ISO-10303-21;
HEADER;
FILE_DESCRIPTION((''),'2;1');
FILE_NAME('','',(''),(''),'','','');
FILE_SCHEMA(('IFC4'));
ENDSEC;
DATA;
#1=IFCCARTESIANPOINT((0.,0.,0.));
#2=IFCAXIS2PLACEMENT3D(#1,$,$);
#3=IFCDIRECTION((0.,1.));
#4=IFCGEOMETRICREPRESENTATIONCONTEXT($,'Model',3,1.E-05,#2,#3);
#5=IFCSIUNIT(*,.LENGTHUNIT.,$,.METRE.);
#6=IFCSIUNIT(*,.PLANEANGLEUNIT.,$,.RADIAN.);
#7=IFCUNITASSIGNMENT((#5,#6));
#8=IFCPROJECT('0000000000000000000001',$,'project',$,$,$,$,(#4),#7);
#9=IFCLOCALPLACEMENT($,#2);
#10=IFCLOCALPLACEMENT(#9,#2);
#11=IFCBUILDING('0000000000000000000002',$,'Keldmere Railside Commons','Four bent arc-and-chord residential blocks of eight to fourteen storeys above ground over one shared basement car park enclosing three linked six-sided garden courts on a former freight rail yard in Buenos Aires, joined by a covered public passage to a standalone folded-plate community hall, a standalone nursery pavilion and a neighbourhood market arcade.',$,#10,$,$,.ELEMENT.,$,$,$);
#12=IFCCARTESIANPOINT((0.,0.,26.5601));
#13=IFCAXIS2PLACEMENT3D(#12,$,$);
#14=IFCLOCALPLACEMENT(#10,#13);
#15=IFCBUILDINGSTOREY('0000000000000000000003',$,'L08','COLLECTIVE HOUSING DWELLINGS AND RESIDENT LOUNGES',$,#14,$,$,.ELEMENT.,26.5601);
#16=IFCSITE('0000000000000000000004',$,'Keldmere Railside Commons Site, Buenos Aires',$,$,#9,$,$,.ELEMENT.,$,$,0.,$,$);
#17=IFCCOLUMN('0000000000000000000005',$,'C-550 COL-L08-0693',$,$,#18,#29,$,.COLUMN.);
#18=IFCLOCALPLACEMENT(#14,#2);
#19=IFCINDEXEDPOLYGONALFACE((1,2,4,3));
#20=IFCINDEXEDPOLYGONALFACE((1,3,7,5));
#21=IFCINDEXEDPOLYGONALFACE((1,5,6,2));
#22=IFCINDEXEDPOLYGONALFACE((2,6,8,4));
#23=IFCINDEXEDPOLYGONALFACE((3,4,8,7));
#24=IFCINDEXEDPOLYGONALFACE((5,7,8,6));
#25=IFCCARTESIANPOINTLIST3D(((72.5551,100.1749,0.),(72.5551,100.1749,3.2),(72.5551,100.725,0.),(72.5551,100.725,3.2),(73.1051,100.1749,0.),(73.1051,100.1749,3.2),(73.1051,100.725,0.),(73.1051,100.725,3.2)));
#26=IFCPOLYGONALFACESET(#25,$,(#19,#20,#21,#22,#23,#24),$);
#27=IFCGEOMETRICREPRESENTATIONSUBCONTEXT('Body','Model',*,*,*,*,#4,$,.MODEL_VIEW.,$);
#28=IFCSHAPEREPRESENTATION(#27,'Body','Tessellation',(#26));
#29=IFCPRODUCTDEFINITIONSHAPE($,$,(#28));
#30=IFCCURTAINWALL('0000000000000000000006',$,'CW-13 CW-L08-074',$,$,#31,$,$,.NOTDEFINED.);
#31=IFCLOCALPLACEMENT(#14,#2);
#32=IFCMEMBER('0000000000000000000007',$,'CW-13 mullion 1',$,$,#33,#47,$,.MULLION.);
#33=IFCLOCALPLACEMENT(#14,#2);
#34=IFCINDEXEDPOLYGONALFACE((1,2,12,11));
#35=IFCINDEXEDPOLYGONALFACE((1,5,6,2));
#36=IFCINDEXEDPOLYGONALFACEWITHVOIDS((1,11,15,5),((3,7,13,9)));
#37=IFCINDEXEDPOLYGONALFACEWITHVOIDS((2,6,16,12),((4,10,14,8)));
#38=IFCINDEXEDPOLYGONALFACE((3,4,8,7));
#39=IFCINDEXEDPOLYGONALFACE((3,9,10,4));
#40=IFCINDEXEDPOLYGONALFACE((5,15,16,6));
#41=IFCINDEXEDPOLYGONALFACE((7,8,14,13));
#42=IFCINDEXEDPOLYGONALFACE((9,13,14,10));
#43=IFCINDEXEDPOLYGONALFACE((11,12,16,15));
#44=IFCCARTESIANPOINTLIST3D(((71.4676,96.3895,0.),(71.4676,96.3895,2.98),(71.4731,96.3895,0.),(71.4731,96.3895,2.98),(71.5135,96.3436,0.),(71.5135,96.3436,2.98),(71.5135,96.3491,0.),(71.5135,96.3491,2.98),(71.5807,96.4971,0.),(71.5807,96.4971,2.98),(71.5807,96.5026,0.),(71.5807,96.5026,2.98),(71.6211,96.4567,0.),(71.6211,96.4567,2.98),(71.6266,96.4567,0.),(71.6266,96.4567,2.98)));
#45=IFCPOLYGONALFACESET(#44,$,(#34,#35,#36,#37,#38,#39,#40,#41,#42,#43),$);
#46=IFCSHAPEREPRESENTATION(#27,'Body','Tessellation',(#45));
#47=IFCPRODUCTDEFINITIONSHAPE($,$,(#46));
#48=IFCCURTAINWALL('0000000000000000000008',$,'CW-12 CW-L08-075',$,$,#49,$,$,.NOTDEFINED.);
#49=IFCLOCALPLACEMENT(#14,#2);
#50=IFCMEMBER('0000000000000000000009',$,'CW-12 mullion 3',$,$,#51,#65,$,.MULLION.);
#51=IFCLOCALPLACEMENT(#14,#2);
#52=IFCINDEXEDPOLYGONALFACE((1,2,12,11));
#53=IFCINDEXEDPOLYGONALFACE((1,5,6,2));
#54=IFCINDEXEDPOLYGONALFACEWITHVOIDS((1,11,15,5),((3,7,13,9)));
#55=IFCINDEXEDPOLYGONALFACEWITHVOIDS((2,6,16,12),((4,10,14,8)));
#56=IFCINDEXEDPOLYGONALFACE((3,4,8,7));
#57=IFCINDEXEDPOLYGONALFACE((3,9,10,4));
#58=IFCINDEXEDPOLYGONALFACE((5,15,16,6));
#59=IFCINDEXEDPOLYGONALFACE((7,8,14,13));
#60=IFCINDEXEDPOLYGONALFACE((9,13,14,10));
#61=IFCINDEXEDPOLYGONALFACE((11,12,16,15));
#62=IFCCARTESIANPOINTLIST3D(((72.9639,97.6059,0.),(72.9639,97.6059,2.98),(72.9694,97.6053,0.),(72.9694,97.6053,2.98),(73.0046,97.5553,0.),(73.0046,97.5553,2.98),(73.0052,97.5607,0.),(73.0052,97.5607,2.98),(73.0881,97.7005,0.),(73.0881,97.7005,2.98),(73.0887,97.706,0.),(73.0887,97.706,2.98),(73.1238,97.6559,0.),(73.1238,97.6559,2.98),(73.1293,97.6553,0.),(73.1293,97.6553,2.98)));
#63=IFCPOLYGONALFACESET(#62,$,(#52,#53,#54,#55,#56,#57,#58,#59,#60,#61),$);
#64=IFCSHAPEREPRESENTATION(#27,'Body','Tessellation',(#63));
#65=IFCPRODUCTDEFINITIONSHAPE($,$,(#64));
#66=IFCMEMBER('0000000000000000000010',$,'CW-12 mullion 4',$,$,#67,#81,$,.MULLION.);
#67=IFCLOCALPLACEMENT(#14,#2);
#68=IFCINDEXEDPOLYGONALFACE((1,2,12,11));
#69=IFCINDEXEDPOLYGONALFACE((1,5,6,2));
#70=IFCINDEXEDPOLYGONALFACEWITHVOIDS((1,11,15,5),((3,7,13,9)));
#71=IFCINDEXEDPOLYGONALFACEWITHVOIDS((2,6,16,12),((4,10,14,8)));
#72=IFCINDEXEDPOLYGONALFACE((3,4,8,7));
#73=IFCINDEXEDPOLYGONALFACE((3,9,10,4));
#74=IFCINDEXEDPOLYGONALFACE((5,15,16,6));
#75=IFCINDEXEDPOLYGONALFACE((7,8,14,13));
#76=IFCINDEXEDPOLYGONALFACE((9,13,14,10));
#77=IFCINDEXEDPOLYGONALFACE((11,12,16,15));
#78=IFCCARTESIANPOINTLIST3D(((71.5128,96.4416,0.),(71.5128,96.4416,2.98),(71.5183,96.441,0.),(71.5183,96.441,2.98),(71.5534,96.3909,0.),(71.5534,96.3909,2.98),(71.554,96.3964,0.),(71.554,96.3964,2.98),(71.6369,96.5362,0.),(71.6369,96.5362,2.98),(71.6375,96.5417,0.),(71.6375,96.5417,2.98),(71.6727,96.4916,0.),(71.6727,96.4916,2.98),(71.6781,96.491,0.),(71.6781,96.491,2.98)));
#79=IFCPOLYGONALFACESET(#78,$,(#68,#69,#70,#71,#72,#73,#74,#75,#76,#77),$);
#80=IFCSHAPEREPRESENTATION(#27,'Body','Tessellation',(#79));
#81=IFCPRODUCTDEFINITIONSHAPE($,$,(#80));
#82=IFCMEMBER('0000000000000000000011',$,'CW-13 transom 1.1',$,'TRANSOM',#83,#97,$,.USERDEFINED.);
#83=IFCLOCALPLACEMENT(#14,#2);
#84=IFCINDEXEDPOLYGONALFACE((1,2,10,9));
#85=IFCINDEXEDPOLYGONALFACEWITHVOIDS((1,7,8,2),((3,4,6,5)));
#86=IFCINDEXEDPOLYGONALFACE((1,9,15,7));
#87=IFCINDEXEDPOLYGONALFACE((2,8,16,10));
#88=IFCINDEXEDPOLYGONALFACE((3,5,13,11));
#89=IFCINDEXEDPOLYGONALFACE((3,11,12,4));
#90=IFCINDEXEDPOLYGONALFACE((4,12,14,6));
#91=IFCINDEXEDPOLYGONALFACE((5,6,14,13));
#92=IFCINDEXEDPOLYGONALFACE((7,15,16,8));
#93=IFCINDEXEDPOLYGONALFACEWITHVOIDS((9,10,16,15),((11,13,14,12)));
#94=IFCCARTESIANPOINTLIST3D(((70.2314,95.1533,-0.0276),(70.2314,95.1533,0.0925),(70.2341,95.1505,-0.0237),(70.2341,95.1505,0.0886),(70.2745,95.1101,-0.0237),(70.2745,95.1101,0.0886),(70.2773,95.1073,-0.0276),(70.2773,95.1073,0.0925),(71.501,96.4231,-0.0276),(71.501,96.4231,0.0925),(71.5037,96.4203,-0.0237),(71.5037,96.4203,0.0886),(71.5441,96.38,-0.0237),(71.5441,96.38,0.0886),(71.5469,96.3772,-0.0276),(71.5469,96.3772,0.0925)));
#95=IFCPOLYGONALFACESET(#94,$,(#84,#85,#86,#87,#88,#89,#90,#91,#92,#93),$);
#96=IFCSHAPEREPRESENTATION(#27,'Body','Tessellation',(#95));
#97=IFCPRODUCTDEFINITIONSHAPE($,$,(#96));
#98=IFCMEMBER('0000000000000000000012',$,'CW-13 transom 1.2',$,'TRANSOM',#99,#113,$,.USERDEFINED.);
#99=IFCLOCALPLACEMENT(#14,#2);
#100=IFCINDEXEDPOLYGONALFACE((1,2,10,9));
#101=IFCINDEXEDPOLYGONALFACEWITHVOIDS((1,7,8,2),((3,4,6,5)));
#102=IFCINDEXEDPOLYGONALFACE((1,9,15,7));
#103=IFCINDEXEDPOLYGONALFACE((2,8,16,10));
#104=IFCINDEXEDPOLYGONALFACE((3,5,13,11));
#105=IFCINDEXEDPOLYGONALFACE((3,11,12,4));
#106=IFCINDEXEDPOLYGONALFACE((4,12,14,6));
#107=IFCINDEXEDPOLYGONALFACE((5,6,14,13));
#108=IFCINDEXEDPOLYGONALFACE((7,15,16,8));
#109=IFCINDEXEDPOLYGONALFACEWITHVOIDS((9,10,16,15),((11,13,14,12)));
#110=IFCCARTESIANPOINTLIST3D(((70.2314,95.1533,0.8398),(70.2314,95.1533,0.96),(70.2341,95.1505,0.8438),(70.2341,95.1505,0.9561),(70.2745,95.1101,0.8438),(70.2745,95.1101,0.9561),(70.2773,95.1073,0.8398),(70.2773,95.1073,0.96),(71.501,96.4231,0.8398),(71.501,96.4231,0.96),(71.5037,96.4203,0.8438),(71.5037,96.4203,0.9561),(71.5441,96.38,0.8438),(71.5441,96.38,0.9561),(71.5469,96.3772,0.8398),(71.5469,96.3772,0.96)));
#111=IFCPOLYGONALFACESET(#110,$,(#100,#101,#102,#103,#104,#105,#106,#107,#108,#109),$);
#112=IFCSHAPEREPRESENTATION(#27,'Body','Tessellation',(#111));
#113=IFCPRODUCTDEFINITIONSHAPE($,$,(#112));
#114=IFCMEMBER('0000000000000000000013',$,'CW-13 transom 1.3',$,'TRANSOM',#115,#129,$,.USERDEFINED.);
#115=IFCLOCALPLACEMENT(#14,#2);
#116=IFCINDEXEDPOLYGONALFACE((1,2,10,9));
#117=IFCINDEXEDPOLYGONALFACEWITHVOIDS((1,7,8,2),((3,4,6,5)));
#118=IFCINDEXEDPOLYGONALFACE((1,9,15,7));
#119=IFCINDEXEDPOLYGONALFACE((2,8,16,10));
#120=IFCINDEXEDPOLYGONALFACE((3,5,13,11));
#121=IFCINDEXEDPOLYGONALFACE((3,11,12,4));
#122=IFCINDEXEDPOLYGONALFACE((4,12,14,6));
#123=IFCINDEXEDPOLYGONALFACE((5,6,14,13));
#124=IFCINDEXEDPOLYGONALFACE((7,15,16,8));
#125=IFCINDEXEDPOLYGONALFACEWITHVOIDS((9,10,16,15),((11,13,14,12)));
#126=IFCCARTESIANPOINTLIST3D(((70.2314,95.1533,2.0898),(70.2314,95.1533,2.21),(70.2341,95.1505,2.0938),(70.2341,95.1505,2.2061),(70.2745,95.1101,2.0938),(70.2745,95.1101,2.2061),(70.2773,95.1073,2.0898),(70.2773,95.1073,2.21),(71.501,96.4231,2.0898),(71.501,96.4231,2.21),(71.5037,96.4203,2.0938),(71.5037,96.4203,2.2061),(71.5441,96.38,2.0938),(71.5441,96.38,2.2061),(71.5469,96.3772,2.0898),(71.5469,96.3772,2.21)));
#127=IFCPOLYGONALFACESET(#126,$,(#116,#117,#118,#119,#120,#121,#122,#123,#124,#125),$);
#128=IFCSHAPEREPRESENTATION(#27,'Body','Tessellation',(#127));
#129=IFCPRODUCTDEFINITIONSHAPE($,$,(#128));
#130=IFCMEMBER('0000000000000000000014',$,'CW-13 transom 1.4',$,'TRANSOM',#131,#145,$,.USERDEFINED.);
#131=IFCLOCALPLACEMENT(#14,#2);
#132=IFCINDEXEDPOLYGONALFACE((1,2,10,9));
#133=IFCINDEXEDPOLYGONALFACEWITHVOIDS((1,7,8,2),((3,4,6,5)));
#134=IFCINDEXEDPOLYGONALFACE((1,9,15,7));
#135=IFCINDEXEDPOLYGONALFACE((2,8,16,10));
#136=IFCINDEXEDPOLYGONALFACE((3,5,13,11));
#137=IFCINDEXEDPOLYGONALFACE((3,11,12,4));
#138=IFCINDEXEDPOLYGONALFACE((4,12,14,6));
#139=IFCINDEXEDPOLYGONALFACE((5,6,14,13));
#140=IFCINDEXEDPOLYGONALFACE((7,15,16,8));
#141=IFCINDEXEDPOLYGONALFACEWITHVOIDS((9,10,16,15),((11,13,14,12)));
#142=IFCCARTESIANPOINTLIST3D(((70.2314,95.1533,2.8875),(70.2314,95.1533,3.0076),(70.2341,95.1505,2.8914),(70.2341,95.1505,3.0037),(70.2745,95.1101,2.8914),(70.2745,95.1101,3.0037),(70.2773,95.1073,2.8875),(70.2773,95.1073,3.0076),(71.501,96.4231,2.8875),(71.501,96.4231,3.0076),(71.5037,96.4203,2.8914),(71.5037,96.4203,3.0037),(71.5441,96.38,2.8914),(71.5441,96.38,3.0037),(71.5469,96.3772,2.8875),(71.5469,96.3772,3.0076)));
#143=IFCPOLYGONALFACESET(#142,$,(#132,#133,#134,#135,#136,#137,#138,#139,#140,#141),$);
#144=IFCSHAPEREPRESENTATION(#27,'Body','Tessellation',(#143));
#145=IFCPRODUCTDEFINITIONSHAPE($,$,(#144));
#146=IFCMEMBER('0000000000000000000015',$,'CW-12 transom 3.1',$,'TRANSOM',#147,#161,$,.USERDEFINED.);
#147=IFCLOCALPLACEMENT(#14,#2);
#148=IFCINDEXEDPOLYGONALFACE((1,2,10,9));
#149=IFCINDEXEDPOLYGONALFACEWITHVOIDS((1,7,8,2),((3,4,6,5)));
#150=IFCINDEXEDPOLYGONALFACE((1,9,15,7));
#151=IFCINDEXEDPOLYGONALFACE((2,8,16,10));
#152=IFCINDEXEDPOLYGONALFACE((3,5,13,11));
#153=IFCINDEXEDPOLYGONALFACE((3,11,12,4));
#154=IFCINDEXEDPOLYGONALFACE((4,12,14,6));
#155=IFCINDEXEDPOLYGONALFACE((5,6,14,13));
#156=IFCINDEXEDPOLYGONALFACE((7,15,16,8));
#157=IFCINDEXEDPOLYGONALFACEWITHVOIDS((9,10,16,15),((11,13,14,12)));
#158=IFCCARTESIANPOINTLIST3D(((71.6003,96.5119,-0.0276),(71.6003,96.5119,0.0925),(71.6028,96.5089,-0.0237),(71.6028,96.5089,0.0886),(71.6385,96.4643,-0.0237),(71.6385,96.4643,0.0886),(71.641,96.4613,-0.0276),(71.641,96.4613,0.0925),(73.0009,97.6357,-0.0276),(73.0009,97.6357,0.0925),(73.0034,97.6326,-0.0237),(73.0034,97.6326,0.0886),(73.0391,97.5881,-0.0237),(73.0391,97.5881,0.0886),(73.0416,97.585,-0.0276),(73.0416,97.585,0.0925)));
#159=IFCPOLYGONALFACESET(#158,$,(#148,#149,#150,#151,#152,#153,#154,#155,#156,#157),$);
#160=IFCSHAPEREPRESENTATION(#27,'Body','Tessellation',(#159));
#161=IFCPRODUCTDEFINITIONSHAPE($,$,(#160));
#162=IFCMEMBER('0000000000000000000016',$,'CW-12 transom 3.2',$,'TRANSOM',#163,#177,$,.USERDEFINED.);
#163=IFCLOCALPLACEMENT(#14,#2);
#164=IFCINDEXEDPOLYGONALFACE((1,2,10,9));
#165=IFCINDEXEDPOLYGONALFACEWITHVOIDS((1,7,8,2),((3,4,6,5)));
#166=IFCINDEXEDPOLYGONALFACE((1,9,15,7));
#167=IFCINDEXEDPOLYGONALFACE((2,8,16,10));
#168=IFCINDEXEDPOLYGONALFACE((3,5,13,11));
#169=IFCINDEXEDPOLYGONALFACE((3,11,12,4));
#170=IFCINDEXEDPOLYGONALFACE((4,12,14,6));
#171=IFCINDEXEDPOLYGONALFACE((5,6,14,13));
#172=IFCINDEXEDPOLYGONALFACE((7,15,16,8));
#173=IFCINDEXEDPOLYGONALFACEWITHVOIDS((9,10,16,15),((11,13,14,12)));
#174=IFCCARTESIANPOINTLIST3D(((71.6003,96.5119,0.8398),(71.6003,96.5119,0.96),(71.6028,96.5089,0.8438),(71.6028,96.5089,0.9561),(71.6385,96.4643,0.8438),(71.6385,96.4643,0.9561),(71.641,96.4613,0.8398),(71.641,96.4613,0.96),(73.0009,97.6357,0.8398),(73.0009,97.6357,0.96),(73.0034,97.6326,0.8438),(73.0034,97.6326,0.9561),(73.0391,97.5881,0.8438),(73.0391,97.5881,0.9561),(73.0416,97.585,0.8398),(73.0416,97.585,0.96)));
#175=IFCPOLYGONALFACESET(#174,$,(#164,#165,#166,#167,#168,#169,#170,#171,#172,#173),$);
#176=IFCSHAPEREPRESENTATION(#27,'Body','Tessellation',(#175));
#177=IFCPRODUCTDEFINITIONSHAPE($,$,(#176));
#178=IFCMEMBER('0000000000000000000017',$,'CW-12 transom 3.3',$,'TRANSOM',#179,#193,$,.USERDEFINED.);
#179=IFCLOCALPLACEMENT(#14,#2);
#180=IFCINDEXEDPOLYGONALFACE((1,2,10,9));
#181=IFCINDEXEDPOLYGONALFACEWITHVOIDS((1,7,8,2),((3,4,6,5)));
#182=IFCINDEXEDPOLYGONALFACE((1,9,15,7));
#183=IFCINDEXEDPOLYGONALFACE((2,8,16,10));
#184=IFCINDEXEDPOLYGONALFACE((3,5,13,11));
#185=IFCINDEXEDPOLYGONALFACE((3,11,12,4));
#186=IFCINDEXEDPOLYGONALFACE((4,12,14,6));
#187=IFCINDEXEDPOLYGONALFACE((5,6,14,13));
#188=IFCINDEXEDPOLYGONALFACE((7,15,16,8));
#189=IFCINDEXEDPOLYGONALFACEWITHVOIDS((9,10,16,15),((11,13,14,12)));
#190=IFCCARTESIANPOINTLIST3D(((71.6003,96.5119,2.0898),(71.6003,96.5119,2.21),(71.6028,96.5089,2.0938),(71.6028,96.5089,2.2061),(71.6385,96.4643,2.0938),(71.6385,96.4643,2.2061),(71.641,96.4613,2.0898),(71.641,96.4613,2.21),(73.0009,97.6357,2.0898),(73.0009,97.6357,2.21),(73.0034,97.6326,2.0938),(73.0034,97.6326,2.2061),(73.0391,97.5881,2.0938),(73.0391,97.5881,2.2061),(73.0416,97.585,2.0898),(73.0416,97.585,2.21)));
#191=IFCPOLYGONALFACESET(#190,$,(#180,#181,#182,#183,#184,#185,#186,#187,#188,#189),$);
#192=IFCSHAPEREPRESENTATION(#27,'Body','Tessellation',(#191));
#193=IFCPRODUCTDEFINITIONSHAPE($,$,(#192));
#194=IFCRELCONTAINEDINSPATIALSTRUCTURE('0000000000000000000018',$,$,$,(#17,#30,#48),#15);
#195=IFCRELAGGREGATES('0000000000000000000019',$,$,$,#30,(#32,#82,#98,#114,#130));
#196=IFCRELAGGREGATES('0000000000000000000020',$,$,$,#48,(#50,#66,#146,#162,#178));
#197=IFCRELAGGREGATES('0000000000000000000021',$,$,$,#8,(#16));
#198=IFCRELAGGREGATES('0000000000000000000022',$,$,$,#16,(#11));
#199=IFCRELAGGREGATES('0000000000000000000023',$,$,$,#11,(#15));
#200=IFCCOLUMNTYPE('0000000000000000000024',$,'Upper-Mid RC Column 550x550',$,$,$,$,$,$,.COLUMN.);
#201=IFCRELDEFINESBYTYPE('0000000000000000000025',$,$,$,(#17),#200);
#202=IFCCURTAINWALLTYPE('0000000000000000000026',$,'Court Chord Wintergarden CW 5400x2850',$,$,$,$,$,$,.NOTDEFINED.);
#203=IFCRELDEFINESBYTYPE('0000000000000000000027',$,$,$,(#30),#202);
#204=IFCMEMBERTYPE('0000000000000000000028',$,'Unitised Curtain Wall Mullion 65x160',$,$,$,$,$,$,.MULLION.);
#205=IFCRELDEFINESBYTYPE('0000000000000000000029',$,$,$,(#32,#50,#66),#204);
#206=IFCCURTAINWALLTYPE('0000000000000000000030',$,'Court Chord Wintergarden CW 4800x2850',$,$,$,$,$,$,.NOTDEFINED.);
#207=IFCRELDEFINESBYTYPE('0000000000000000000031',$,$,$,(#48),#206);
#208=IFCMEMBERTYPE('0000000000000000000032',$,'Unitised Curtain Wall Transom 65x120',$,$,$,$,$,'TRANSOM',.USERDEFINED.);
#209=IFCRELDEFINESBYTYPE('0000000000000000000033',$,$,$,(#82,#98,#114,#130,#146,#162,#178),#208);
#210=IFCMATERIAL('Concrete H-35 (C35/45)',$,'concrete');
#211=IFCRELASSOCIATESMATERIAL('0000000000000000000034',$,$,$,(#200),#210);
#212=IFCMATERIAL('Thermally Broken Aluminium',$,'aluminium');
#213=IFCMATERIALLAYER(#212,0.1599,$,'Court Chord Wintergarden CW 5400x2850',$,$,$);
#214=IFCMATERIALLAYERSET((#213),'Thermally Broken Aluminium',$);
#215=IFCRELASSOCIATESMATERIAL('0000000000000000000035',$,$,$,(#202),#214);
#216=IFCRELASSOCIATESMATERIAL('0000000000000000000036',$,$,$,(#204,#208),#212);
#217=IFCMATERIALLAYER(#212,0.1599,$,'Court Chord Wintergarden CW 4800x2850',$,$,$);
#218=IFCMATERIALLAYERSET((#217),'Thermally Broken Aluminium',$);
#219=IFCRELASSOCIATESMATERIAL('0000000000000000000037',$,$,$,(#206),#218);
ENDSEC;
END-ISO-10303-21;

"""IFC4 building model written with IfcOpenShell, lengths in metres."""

from ifc_helpers import new_model, si_unit, direction, frame, origin, origin_2d, place, context, subcontext, project, spatial, rectangle, hollow_rectangle, extrude, material, layer, layer_set, material_profile, profile_set, type_object, element, aggregate, save


model = new_model("IFC4")

# Units and contexts
model_context = context("Model", 3, precision=1e-05, world=origin(), true_north=direction((0.0, 1.0)))
body_context = subcontext(model_context, "Body", "Model", "MODEL_VIEW")
ifc_project = project(units=[si_unit("LENGTHUNIT", "METRE"), si_unit("PLANEANGLEUNIT", "RADIAN")], contexts=[model_context])

# Site, building, storey
site_placement = place(None, origin())
site = spatial("IfcSite", under=ifc_project, at=site_placement, Name="Keldmere Railside Commons Site, Buenos Aires", CompositionType="ELEMENT", RefElevation=0.0)
building_placement = place(site_placement, origin())
building = spatial("IfcBuilding", under=site, at=building_placement, Name="Keldmere Railside Commons", Description="Four bent arc-and-chord residential blocks of eight to fourteen storeys above ground over one shared basement car park enclosing three linked six-sided garden courts on a former freight rail yard in Buenos Aires, joined by a covered public passage to a standalone folded-plate community hall, a standalone nursery pavilion and a neighbourhood market arcade.", CompositionType="ELEMENT")
storey_placement = place(building_placement, frame((0.0, 0.0, 26.5601)))
storey = spatial("IfcBuildingStorey", under=building, at=storey_placement, Name="L08", Description="COLLECTIVE HOUSING DWELLINGS AND RESIDENT LOUNGES", CompositionType="ELEMENT", Elevation=26.5601)

# Column
ifc_material_1 = material(Name="Concrete H-35 (C35/45)", Category="concrete")
ifc_material_profile_1 = material_profile(ifc_material_1, rectangle(XDim=0.55, YDim=0.55, at=origin_2d()), Name="RC-550x550")
ifc_profile_set_1 = profile_set([ifc_material_profile_1], Name="Concrete H-35 (C35/45)")
column_type = type_object("IfcColumnType", Name="Upper-Mid RC Column 550x550", PredefinedType="COLUMN", material=ifc_profile_set_1)
column_placement = place(storey_placement, frame((72.8301, 100.45, 0.0), z_axis=(0.0, 0.0, 1.0), x_axis=(1.0, 0.0, 0.0)))
element("IfcColumn", 1, at=column_placement, inside=storey, type_object=column_type, Name="C-550 COL-L08-0693", PredefinedType="COLUMN", context=body_context, shape_type="SweptSolid", body=[
    extrude(rectangle(XDim=0.55, YDim=0.55, at=origin_2d()), origin(), (0.0, 0.0, 1.0), 3.2),
])

# Curtain wall, member
ifc_material_2 = material(Name="Thermally Broken Aluminium", Category="aluminium")
ifc_layer_1 = layer(ifc_material_2, 0.1599, Name="Court Chord Wintergarden CW 5400x2850")
ifc_layer_set_1 = layer_set([ifc_layer_1], Name="Thermally Broken Aluminium")
curtain_wall_type_1 = type_object("IfcCurtainWallType", Name="Court Chord Wintergarden CW 5400x2850", PredefinedType="NOTDEFINED", material=ifc_layer_set_1)
curtain_wall_1_placement = place(storey_placement, origin())
curtain_wall_1 = element("IfcCurtainWall", 2, at=curtain_wall_1_placement, inside=storey, type_object=curtain_wall_type_1, Name="CW-13 CW-L08-074", PredefinedType="NOTDEFINED")
ifc_material_profile_2 = material_profile(ifc_material_2, hollow_rectangle(XDim=0.0649, YDim=0.1599, WallThickness=0.0039, at=origin_2d()), Name="ALU-MULL-65x160")
ifc_profile_set_2 = profile_set([ifc_material_profile_2], Name="Thermally Broken Aluminium")
member_type_1 = type_object("IfcMemberType", Name="Unitised Curtain Wall Mullion 65x160", PredefinedType="MULLION", material=ifc_profile_set_2)
member_1_placement = place(storey_placement, frame((71.5471, 96.4231, 0.0), z_axis=(0.0, 0.0, 1.0), x_axis=(0.707107, -0.707107, 0.0)))
member_1 = element("IfcMember", 3, at=member_1_placement, type_object=member_type_1, Name="CW-13 mullion 1", PredefinedType="MULLION", context=body_context, shape_type="SweptSolid", body=[
    extrude(hollow_rectangle(XDim=0.0649, YDim=0.1599, WallThickness=0.0039, at=origin_2d()), origin(), (0.0, 0.0, 1.0), 2.98),
])

# Curtain wall, members
ifc_layer_2 = layer(ifc_material_2, 0.1599, Name="Court Chord Wintergarden CW 4800x2850")
ifc_layer_set_2 = layer_set([ifc_layer_2], Name="Thermally Broken Aluminium")
curtain_wall_type_2 = type_object("IfcCurtainWallType", Name="Court Chord Wintergarden CW 4800x2850", PredefinedType="NOTDEFINED", material=ifc_layer_set_2)
curtain_wall_2_placement = place(storey_placement, origin())
curtain_wall_2 = element("IfcCurtainWall", 4, at=curtain_wall_2_placement, inside=storey, type_object=curtain_wall_type_2, Name="CW-12 CW-L08-075", PredefinedType="NOTDEFINED")
member_2_placement = place(storey_placement, frame((73.0466, 97.6306, 0.0), z_axis=(0.0, 0.0, 1.0), x_axis=(0.625768, -0.780009, 0.0)))
member_2 = element("IfcMember", 5, at=member_2_placement, type_object=member_type_1, Name="CW-12 mullion 3", PredefinedType="MULLION", context=body_context, shape_type="SweptSolid", body=[
    extrude(hollow_rectangle(XDim=0.0649, YDim=0.1599, WallThickness=0.0039, at=origin_2d()), origin(), (0.0, 0.0, 1.0), 2.98),
])
member_3_placement = place(storey_placement, frame((71.5955, 96.4663, 0.0), z_axis=(0.0, 0.0, 1.0), x_axis=(0.625768, -0.780009, 0.0)))
member_3 = element("IfcMember", 6, at=member_3_placement, type_object=member_type_1, Name="CW-12 mullion 4", PredefinedType="MULLION", context=body_context, shape_type="SweptSolid", body=[
    extrude(hollow_rectangle(XDim=0.0649, YDim=0.1599, WallThickness=0.0039, at=origin_2d()), origin(), (0.0, 0.0, 1.0), 2.98),
])

# Members
ifc_material_profile_3 = material_profile(ifc_material_2, hollow_rectangle(XDim=0.0649, YDim=0.1201, WallThickness=0.0039, at=origin_2d()), Name="ALU-TRAN-65x120")
ifc_profile_set_3 = profile_set([ifc_material_profile_3], Name="Thermally Broken Aluminium")
member_type_2 = type_object("IfcMemberType", Name="Unitised Curtain Wall Transom 65x120", ElementType="TRANSOM", PredefinedType="USERDEFINED", material=ifc_profile_set_3)
member_4_placement = place(storey_placement, frame((71.5239, 96.4001, 0.0325), z_axis=(-0.707039, -0.707175, 0.0), x_axis=(0.707175, -0.707039, 0.0)))
member_4 = element("IfcMember", 7, at=member_4_placement, type_object=member_type_2, Name="CW-13 transom 1.1", ObjectType="TRANSOM", PredefinedType="USERDEFINED", context=body_context, shape_type="SweptSolid", body=[
    extrude(hollow_rectangle(XDim=0.0649, YDim=0.1201, WallThickness=0.0039, at=origin_2d()), origin(), (0.0, 0.0, 1.0), 1.7957),
])
member_5_placement = place(storey_placement, frame((71.5239, 96.4001, 0.8999), z_axis=(-0.707039, -0.707175, 0.0), x_axis=(0.707175, -0.707039, 0.0)))
member_5 = element("IfcMember", 8, at=member_5_placement, type_object=member_type_2, Name="CW-13 transom 1.2", ObjectType="TRANSOM", PredefinedType="USERDEFINED", context=body_context, shape_type="SweptSolid", body=[
    extrude(hollow_rectangle(XDim=0.0649, YDim=0.1201, WallThickness=0.0039, at=origin_2d()), origin(), (0.0, 0.0, 1.0), 1.7957),
])
member_6_placement = place(storey_placement, frame((71.5239, 96.4001, 2.1499), z_axis=(-0.707039, -0.707175, 0.0), x_axis=(0.707175, -0.707039, 0.0)))
member_6 = element("IfcMember", 9, at=member_6_placement, type_object=member_type_2, Name="CW-13 transom 1.3", ObjectType="TRANSOM", PredefinedType="USERDEFINED", context=body_context, shape_type="SweptSolid", body=[
    extrude(hollow_rectangle(XDim=0.0649, YDim=0.1201, WallThickness=0.0039, at=origin_2d()), origin(), (0.0, 0.0, 1.0), 1.7957),
])
member_7_placement = place(storey_placement, frame((71.5239, 96.4001, 2.9475), z_axis=(-0.707039, -0.707175, 0.0), x_axis=(0.707175, -0.707039, 0.0)))
member_7 = element("IfcMember", 10, at=member_7_placement, type_object=member_type_2, Name="CW-13 transom 1.4", ObjectType="TRANSOM", PredefinedType="USERDEFINED", context=body_context, shape_type="SweptSolid", body=[
    extrude(hollow_rectangle(XDim=0.0649, YDim=0.1201, WallThickness=0.0039, at=origin_2d()), origin(), (0.0, 0.0, 1.0), 1.7957),
])
member_8_placement = place(storey_placement, frame((73.0212, 97.6104, 0.0325), z_axis=(-0.779979, -0.625805, 0.0), x_axis=(0.625805, -0.779979, 0.0)))
member_8 = element("IfcMember", 11, at=member_8_placement, type_object=member_type_2, Name="CW-12 transom 3.1", ObjectType="TRANSOM", PredefinedType="USERDEFINED", context=body_context, shape_type="SweptSolid", body=[
    extrude(hollow_rectangle(XDim=0.0649, YDim=0.1201, WallThickness=0.0039, at=origin_2d()), origin(), (0.0, 0.0, 1.0), 1.7957),
])
member_9_placement = place(storey_placement, frame((73.0212, 97.6104, 0.8999), z_axis=(-0.779979, -0.625805, 0.0), x_axis=(0.625805, -0.779979, 0.0)))
member_9 = element("IfcMember", 12, at=member_9_placement, type_object=member_type_2, Name="CW-12 transom 3.2", ObjectType="TRANSOM", PredefinedType="USERDEFINED", context=body_context, shape_type="SweptSolid", body=[
    extrude(hollow_rectangle(XDim=0.0649, YDim=0.1201, WallThickness=0.0039, at=origin_2d()), origin(), (0.0, 0.0, 1.0), 1.7957),
])
member_10_placement = place(storey_placement, frame((73.0212, 97.6104, 2.1499), z_axis=(-0.779979, -0.625805, 0.0), x_axis=(0.625805, -0.779979, 0.0)))
member_10 = element("IfcMember", 13, at=member_10_placement, type_object=member_type_2, Name="CW-12 transom 3.3", ObjectType="TRANSOM", PredefinedType="USERDEFINED", context=body_context, shape_type="SweptSolid", body=[
    extrude(hollow_rectangle(XDim=0.0649, YDim=0.1201, WallThickness=0.0039, at=origin_2d()), origin(), (0.0, 0.0, 1.0), 1.7957),
])

aggregate(curtain_wall_1, [member_1, member_4, member_5, member_6, member_7])
aggregate(curtain_wall_2, [member_2, member_3, member_8, member_9, member_10])

save(model, "model.ifc")
